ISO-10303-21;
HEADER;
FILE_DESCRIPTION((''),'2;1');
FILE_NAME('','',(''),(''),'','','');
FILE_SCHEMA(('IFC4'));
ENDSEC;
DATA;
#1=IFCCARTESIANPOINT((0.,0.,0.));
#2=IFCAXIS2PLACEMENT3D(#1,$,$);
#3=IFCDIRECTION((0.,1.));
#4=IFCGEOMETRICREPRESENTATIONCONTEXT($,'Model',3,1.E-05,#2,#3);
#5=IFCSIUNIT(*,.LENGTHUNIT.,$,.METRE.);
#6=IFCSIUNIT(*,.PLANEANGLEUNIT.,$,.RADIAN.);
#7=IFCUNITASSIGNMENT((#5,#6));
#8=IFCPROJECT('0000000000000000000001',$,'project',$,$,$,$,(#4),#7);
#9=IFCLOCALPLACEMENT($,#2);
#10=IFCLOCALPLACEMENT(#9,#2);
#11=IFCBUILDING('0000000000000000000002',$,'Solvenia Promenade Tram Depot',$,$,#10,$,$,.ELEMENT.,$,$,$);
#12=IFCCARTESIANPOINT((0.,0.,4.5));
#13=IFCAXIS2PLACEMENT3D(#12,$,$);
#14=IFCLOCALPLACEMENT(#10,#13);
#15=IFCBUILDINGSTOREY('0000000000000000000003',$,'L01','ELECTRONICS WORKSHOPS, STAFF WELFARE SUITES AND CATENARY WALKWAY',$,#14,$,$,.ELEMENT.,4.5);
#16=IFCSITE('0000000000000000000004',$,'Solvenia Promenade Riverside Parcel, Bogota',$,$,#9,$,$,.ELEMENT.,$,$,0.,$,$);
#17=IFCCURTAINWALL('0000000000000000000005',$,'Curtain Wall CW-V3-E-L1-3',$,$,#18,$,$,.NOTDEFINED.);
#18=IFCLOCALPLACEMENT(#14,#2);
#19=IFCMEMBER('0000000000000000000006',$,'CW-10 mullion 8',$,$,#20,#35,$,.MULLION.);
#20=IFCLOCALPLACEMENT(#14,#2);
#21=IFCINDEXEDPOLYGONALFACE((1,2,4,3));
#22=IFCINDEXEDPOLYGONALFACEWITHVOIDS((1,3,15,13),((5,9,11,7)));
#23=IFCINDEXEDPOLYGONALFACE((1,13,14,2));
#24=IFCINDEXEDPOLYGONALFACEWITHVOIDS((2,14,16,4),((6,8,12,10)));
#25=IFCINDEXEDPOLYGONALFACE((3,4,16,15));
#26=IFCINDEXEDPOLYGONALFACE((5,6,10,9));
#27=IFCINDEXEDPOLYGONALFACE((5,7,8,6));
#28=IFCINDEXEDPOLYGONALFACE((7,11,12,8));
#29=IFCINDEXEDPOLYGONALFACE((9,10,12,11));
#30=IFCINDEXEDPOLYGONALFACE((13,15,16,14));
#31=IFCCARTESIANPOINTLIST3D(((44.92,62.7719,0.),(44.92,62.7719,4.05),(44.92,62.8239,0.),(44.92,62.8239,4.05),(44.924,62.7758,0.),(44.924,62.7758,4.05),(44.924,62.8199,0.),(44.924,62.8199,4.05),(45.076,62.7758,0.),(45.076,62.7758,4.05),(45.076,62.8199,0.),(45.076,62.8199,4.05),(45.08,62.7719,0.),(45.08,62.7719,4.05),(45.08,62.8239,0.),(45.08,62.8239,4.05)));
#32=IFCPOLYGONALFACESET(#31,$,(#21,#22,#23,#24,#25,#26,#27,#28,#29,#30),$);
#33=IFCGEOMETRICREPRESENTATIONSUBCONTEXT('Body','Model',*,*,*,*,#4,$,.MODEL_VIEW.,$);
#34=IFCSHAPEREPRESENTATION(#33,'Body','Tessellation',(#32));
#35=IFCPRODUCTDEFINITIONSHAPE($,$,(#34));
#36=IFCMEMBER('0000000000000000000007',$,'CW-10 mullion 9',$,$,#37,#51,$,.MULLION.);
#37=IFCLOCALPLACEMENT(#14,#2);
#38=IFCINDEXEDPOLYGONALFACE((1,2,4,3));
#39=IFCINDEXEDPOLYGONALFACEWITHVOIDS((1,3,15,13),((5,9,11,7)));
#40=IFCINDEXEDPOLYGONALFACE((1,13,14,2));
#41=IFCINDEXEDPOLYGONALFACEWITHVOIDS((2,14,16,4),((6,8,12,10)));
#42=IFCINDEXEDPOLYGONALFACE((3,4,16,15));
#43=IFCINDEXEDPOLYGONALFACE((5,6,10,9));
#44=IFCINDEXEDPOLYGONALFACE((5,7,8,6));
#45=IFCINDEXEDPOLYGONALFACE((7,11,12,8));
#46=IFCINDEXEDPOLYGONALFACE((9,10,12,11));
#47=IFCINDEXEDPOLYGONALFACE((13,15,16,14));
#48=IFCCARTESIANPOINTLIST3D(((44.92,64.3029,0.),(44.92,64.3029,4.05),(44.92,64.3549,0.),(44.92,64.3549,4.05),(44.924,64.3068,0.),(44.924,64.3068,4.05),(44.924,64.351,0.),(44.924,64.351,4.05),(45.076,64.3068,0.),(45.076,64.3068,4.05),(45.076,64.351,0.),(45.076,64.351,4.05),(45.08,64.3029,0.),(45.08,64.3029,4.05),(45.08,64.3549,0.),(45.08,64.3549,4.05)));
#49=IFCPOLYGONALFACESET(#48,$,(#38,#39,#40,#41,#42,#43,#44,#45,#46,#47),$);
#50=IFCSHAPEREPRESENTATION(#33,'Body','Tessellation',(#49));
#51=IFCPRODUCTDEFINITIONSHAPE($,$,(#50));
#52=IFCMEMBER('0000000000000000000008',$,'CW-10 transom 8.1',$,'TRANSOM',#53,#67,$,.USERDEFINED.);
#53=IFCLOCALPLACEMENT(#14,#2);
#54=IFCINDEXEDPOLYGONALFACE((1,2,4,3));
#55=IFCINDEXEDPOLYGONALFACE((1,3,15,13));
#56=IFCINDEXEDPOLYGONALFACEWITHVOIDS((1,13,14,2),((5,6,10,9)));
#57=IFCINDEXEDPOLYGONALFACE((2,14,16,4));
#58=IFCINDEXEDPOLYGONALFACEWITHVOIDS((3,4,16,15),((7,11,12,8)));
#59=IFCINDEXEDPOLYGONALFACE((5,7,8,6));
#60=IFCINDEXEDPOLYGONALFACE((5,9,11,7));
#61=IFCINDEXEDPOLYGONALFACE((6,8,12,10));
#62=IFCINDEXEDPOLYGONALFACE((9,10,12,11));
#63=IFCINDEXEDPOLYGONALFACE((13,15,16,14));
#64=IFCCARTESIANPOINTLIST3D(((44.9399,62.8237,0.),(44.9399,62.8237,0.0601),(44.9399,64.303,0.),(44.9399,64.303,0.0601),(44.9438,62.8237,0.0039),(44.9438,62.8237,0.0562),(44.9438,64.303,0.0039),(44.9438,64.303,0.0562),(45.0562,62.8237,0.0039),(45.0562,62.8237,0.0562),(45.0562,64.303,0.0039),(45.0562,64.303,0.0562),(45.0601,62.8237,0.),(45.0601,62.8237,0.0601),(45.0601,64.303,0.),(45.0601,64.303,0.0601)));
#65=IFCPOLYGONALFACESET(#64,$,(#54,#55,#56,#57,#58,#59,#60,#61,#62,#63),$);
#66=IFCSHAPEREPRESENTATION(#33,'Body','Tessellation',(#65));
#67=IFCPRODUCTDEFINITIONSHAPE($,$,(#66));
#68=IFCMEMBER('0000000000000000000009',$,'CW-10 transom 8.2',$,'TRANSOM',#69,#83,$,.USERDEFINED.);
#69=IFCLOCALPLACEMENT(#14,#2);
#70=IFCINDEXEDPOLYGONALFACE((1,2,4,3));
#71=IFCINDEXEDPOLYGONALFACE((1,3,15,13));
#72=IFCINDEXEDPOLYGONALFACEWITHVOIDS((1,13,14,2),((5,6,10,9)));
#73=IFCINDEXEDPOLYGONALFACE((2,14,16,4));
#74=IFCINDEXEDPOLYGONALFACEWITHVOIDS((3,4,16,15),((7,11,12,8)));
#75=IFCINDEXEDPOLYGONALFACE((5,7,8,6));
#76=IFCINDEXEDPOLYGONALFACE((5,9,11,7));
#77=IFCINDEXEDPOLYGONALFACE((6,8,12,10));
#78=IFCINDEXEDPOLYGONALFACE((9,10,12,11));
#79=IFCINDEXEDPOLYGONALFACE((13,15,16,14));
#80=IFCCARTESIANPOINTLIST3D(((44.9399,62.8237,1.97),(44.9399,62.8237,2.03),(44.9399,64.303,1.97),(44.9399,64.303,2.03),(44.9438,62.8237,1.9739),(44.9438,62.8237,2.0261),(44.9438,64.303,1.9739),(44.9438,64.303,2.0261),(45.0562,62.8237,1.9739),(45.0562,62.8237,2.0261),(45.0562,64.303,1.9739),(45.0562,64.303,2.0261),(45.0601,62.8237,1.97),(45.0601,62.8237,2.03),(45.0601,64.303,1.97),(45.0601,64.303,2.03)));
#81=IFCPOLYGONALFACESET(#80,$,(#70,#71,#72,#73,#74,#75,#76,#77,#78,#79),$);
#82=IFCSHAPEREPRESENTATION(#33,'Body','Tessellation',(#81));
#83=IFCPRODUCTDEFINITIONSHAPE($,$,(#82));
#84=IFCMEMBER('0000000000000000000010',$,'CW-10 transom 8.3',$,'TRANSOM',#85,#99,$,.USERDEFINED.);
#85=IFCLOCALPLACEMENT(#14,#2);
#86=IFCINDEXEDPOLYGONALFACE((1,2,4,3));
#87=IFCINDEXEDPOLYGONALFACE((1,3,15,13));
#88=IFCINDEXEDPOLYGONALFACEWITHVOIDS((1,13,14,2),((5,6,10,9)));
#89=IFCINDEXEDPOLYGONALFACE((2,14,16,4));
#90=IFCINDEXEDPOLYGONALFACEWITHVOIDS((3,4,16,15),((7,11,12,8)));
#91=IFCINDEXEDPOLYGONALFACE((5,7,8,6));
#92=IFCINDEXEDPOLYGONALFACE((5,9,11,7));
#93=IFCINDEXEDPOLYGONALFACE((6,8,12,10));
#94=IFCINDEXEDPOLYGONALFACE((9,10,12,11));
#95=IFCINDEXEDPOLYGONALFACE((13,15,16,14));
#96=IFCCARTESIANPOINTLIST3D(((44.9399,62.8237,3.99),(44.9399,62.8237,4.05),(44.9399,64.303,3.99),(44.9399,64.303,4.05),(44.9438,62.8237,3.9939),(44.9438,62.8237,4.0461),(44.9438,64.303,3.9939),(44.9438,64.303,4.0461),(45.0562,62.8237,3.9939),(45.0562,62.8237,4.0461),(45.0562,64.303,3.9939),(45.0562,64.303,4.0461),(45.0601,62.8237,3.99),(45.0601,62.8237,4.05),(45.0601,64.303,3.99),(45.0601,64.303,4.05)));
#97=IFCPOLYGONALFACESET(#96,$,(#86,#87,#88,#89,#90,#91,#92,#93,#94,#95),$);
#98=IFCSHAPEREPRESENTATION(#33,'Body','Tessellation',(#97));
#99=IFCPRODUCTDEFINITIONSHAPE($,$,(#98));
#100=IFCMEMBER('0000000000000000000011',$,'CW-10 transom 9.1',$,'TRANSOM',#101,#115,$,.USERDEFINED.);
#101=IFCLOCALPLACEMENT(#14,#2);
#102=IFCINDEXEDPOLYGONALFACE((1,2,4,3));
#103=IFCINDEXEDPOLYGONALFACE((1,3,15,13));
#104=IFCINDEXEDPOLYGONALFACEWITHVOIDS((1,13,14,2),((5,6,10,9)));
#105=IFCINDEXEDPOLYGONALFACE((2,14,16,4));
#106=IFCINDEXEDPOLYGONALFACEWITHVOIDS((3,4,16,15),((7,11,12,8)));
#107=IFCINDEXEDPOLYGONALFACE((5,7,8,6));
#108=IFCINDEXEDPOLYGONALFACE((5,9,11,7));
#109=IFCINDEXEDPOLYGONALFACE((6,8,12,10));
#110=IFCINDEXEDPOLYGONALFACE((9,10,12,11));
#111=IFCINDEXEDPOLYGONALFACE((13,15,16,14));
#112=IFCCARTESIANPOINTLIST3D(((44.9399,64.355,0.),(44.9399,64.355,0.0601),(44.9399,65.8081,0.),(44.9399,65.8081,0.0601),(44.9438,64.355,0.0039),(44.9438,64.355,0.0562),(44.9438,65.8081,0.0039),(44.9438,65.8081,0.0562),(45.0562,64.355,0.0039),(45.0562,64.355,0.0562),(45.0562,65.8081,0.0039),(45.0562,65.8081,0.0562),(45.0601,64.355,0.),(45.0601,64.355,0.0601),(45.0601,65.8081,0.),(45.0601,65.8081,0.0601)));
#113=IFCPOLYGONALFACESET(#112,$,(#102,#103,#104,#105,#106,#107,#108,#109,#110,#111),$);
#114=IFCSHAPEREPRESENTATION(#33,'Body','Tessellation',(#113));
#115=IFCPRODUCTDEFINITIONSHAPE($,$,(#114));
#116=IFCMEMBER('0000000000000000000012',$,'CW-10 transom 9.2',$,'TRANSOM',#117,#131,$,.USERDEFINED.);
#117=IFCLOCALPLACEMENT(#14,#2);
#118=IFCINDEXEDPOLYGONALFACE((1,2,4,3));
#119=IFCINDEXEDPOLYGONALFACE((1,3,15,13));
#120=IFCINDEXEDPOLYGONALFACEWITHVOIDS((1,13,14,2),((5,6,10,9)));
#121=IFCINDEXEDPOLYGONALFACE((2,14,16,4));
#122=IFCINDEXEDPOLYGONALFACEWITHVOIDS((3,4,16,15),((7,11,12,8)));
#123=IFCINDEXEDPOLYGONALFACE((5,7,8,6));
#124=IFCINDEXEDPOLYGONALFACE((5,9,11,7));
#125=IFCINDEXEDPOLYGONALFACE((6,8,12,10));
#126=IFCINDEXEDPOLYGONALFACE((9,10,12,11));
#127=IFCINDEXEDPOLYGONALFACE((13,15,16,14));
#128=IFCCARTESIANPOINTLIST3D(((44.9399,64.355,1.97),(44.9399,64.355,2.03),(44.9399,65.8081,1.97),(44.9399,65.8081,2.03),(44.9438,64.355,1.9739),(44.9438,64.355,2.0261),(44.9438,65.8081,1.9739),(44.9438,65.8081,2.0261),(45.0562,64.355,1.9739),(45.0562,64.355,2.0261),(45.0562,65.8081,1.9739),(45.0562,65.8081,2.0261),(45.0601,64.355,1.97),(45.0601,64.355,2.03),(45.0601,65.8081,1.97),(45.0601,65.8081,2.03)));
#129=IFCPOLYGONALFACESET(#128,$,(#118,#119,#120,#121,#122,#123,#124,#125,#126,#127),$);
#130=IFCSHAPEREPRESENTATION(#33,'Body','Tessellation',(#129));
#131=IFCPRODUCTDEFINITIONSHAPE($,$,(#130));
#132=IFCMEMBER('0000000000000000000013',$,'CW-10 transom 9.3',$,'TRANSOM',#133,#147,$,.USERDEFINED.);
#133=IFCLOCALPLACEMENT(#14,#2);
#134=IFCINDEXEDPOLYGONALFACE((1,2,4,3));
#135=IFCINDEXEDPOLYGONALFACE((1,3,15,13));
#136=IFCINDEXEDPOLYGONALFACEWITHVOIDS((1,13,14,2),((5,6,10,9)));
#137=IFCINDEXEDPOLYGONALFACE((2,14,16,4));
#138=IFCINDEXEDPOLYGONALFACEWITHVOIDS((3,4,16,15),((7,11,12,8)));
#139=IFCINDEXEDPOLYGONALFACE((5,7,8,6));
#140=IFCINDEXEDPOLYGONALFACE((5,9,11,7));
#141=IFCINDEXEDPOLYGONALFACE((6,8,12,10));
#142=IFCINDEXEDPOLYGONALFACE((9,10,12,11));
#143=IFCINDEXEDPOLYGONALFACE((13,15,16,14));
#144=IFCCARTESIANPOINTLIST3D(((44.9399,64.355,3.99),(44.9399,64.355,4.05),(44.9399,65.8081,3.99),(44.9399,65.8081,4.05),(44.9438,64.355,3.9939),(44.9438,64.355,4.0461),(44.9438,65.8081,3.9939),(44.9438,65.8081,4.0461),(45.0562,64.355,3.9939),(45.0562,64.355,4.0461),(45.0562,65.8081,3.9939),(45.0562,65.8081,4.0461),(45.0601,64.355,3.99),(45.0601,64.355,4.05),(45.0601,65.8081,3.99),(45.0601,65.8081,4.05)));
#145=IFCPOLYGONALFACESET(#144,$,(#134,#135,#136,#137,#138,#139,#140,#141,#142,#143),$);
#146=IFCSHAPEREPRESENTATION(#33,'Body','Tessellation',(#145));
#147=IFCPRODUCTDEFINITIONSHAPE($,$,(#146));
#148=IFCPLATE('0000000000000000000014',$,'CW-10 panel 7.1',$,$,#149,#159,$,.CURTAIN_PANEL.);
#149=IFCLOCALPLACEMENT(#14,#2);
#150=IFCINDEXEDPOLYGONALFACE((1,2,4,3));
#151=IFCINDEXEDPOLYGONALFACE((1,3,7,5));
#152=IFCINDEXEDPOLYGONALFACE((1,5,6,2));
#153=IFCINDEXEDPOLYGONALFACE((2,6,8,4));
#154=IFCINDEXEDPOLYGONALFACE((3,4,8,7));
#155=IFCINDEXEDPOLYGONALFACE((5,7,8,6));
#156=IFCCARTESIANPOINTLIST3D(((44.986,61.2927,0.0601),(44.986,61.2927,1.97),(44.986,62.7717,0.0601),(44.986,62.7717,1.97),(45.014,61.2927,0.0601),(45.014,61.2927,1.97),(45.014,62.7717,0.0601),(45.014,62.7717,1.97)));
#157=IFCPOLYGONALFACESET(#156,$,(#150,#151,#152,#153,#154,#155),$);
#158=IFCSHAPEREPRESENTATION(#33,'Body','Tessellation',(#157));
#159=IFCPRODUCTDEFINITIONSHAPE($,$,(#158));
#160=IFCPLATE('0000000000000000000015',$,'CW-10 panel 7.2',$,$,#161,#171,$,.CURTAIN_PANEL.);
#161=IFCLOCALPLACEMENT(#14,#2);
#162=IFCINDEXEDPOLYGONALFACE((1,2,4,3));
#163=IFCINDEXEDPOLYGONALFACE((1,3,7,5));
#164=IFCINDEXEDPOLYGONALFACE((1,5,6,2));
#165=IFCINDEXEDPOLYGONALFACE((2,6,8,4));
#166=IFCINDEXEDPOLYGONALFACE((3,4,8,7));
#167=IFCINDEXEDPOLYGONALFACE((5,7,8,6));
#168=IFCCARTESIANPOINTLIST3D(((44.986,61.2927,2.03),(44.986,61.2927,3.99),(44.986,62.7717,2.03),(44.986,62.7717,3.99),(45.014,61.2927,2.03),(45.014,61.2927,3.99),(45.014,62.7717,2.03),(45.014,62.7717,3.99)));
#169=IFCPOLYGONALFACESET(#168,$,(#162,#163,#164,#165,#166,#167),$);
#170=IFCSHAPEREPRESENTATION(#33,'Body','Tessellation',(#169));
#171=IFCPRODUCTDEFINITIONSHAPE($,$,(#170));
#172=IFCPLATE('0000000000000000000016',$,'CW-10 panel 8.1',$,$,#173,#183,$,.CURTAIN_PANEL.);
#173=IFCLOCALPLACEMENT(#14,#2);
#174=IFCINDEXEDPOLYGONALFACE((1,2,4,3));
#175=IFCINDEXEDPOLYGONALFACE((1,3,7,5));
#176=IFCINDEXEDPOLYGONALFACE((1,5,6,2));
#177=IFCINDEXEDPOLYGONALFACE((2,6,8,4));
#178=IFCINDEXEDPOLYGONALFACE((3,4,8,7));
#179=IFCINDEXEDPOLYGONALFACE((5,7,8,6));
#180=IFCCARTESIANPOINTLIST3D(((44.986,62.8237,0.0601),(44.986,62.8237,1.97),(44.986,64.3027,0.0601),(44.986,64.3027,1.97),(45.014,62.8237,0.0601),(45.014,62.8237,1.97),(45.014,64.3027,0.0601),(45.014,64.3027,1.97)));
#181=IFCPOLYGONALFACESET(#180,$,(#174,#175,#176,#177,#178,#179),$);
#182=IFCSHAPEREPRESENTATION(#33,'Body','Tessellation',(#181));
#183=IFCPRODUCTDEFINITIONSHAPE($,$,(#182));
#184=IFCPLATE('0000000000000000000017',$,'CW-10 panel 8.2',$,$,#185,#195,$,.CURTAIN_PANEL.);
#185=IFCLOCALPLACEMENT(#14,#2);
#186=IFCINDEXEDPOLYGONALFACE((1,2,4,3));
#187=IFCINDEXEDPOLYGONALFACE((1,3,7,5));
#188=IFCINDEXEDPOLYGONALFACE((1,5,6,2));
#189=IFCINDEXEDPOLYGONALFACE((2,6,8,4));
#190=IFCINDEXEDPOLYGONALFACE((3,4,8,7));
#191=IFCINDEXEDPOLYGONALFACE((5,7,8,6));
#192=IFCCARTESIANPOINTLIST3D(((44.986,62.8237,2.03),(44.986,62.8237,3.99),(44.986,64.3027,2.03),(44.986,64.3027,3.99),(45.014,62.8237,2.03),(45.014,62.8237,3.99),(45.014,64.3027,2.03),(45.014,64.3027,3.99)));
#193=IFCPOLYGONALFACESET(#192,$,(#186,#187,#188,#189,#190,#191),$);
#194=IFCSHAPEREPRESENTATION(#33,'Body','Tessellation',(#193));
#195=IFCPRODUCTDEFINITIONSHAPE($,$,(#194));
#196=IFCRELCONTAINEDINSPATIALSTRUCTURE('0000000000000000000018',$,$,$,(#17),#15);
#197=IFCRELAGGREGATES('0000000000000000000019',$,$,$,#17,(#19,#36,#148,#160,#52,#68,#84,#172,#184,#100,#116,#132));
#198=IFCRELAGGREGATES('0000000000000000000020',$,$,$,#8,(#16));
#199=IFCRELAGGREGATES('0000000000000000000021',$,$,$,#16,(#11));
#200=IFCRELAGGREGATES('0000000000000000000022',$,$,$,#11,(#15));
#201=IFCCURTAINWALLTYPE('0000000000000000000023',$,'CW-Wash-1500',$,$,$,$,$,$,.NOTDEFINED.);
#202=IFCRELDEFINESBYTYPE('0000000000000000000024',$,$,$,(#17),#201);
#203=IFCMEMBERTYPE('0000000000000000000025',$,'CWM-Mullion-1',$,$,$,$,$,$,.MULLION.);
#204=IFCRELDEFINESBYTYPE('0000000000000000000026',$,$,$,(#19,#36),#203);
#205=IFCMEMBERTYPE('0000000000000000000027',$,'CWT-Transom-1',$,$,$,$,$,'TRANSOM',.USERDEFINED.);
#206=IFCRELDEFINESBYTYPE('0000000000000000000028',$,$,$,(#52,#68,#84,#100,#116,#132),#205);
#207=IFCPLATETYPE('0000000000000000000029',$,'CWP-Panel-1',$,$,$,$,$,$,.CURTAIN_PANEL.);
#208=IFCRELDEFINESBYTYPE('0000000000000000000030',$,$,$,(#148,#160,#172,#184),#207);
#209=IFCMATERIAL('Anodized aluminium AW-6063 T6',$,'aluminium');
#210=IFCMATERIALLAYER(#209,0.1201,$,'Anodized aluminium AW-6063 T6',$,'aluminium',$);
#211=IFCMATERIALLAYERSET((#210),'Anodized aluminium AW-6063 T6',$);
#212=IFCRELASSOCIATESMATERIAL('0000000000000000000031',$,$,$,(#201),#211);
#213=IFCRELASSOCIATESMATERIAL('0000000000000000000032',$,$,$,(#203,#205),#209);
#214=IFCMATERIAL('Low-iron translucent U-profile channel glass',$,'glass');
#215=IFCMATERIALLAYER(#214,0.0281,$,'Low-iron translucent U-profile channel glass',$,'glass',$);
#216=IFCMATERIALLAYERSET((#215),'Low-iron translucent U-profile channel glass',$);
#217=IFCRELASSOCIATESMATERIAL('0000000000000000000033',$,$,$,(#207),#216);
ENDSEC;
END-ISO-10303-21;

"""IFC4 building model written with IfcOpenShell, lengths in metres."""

from ifc_helpers import new_model, si_unit, direction, frame, origin, origin_2d, place, context, subcontext, project, spatial, rectangle, hollow_rectangle, extrude, material, layer, layer_set, material_profile, profile_set, type_object, element, aggregate, save


model = new_model("IFC4")

# Units and contexts
model_context = context("Model", 3, precision=1e-05, world=origin(), true_north=direction((0.0, 1.0)))
body_context = subcontext(model_context, "Body", "Model", "MODEL_VIEW")
ifc_project = project(units=[si_unit("LENGTHUNIT", "METRE"), si_unit("PLANEANGLEUNIT", "RADIAN")], contexts=[model_context])

# Site, building, storey
site_placement = place(None, origin())
site = spatial("IfcSite", under=ifc_project, at=site_placement, Name="Solvenia Promenade Riverside Parcel, Bogota", CompositionType="ELEMENT", RefElevation=0.0)
building_placement = place(site_placement, origin())
building = spatial("IfcBuilding", under=site, at=building_placement, Name="Solvenia Promenade Tram Depot", CompositionType="ELEMENT")
storey_placement = place(building_placement, frame((0.0, 0.0, 4.5)))
storey = spatial("IfcBuildingStorey", under=building, at=storey_placement, Name="L01", Description="ELECTRONICS WORKSHOPS, STAFF WELFARE SUITES AND CATENARY WALKWAY", CompositionType="ELEMENT", Elevation=4.5)

# Curtain wall, members, plates
ifc_material_1 = material(Name="Anodized aluminium AW-6063 T6", Category="aluminium")
ifc_layer_1 = layer(ifc_material_1, 0.1201, Name="Anodized aluminium AW-6063 T6", Category="aluminium")
ifc_layer_set_1 = layer_set([ifc_layer_1], Name="Anodized aluminium AW-6063 T6")
curtain_wall_type = type_object("IfcCurtainWallType", Name="CW-Wash-1500", PredefinedType="NOTDEFINED", material=ifc_layer_set_1)
curtain_wall_placement = place(storey_placement, origin())
curtain_wall = element("IfcCurtainWall", 1, at=curtain_wall_placement, inside=storey, type_object=curtain_wall_type, Name="Curtain Wall CW-V3-E-L1-3", PredefinedType="NOTDEFINED")
ifc_material_profile_1 = material_profile(ifc_material_1, hollow_rectangle(XDim=0.1599, YDim=0.052, WallThickness=0.0039, at=origin_2d()), Name="ALU-M1", Category="aluminium")
ifc_profile_set_1 = profile_set([ifc_material_profile_1], Name="Anodized aluminium AW-6063 T6")
member_type_1 = type_object("IfcMemberType", Name="CWM-Mullion-1", PredefinedType="MULLION", material=ifc_profile_set_1)
member_1_placement = place(storey_placement, frame((45.0, 62.7979, 0.0), z_axis=(0.0, 0.0, 1.0), x_axis=(-1.0, 0.0, 0.0)))
member_1 = element("IfcMember", 2, at=member_1_placement, type_object=member_type_1, Name="CW-10 mullion 8", PredefinedType="MULLION", context=body_context, shape_type="SweptSolid", body=[
    extrude(hollow_rectangle(XDim=0.1599, YDim=0.052, WallThickness=0.0039, at=origin_2d()), origin(), (0.0, 0.0, 1.0), 4.05),
])
member_2_placement = place(storey_placement, frame((45.0, 64.3289, 0.0), z_axis=(0.0, 0.0, 1.0), x_axis=(-1.0, 0.0, 0.0)))
member_2 = element("IfcMember", 3, at=member_2_placement, type_object=member_type_1, Name="CW-10 mullion 9", PredefinedType="MULLION", context=body_context, shape_type="SweptSolid", body=[
    extrude(hollow_rectangle(XDim=0.1599, YDim=0.052, WallThickness=0.0039, at=origin_2d()), origin(), (0.0, 0.0, 1.0), 4.05),
])
ifc_material_profile_2 = material_profile(ifc_material_1, hollow_rectangle(XDim=0.1201, YDim=0.0601, WallThickness=0.0039, at=origin_2d()), Name="ALU-T1", Category="aluminium")
ifc_profile_set_2 = profile_set([ifc_material_profile_2], Name="Anodized aluminium AW-6063 T6")
member_type_2 = type_object("IfcMemberType", Name="CWT-Transom-1", ElementType="TRANSOM", PredefinedType="USERDEFINED", material=ifc_profile_set_2)
member_3_placement = place(storey_placement, frame((45.0, 62.8237, 0.03), z_axis=(0.0, 1.0, 0.0), x_axis=(-1.0, 0.0, 0.0)))
member_3 = element("IfcMember", 4, at=member_3_placement, type_object=member_type_2, Name="CW-10 transom 8.1", ObjectType="TRANSOM", PredefinedType="USERDEFINED", context=body_context, shape_type="SweptSolid", body=[
    extrude(hollow_rectangle(XDim=0.1201, YDim=0.0601, WallThickness=0.0039, at=origin_2d()), origin(), (0.0, 0.0, 1.0), 1.4792),
])
member_4_placement = place(storey_placement, frame((45.0, 62.8237, 2.0), z_axis=(0.0, 1.0, 0.0), x_axis=(-1.0, 0.0, 0.0)))
member_4 = element("IfcMember", 5, at=member_4_placement, type_object=member_type_2, Name="CW-10 transom 8.2", ObjectType="TRANSOM", PredefinedType="USERDEFINED", context=body_context, shape_type="SweptSolid", body=[
    extrude(hollow_rectangle(XDim=0.1201, YDim=0.0601, WallThickness=0.0039, at=origin_2d()), origin(), (0.0, 0.0, 1.0), 1.4792),
])
member_5_placement = place(storey_placement, frame((45.0, 62.8237, 4.02), z_axis=(0.0, 1.0, 0.0), x_axis=(-1.0, 0.0, 0.0)))
member_5 = element("IfcMember", 6, at=member_5_placement, type_object=member_type_2, Name="CW-10 transom 8.3", ObjectType="TRANSOM", PredefinedType="USERDEFINED", context=body_context, shape_type="SweptSolid", body=[
    extrude(hollow_rectangle(XDim=0.1201, YDim=0.0601, WallThickness=0.0039, at=origin_2d()), origin(), (0.0, 0.0, 1.0), 1.4792),
])
member_6_placement = place(storey_placement, frame((45.0, 64.355, 0.03), z_axis=(0.0, 1.0, 0.0), x_axis=(-1.0, 0.0, 0.0)))
member_6 = element("IfcMember", 7, at=member_6_placement, type_object=member_type_2, Name="CW-10 transom 9.1", ObjectType="TRANSOM", PredefinedType="USERDEFINED", context=body_context, shape_type="SweptSolid", body=[
    extrude(hollow_rectangle(XDim=0.1201, YDim=0.0601, WallThickness=0.0039, at=origin_2d()), origin(), (0.0, 0.0, 1.0), 1.4531),
])
member_7_placement = place(storey_placement, frame((45.0, 64.355, 2.0), z_axis=(0.0, 1.0, 0.0), x_axis=(-1.0, 0.0, 0.0)))
member_7 = element("IfcMember", 8, at=member_7_placement, type_object=member_type_2, Name="CW-10 transom 9.2", ObjectType="TRANSOM", PredefinedType="USERDEFINED", context=body_context, shape_type="SweptSolid", body=[
    extrude(hollow_rectangle(XDim=0.1201, YDim=0.0601, WallThickness=0.0039, at=origin_2d()), origin(), (0.0, 0.0, 1.0), 1.4531),
])
member_8_placement = place(storey_placement, frame((45.0, 64.355, 4.02), z_axis=(0.0, 1.0, 0.0), x_axis=(-1.0, 0.0, 0.0)))
member_8 = element("IfcMember", 9, at=member_8_placement, type_object=member_type_2, Name="CW-10 transom 9.3", ObjectType="TRANSOM", PredefinedType="USERDEFINED", context=body_context, shape_type="SweptSolid", body=[
    extrude(hollow_rectangle(XDim=0.1201, YDim=0.0601, WallThickness=0.0039, at=origin_2d()), origin(), (0.0, 0.0, 1.0), 1.4531),
])
ifc_material_2 = material(Name="Low-iron translucent U-profile channel glass", Category="glass")
ifc_layer_2 = layer(ifc_material_2, 0.0281, Name="Low-iron translucent U-profile channel glass", Category="glass")
ifc_layer_set_2 = layer_set([ifc_layer_2], Name="Low-iron translucent U-profile channel glass")
plate_type = type_object("IfcPlateType", Name="CWP-Panel-1", PredefinedType="CURTAIN_PANEL", material=ifc_layer_set_2)
plate_1_placement = place(storey_placement, frame((45.0, 62.0322, 0.0601), z_axis=(0.0, 0.0, 1.0), x_axis=(0.0, 1.0, 0.0)))
plate_1 = element("IfcPlate", 10, at=plate_1_placement, type_object=plate_type, Name="CW-10 panel 7.1", PredefinedType="CURTAIN_PANEL", context=body_context, shape_type="SweptSolid", body=[
    extrude(rectangle(XDim=1.479, YDim=0.0281, at=origin_2d()), origin(), (0.0, 0.0, 1.0), 1.9099),
])
plate_2_placement = place(storey_placement, frame((45.0, 62.0322, 2.03), z_axis=(0.0, 0.0, 1.0), x_axis=(0.0, 1.0, 0.0)))
plate_2 = element("IfcPlate", 11, at=plate_2_placement, type_object=plate_type, Name="CW-10 panel 7.2", PredefinedType="CURTAIN_PANEL", context=body_context, shape_type="SweptSolid", body=[
    extrude(rectangle(XDim=1.479, YDim=0.0281, at=origin_2d()), origin(), (0.0, 0.0, 1.0), 1.96),
])
plate_3_placement = place(storey_placement, frame((45.0, 63.5632, 0.0601), z_axis=(0.0, 0.0, 1.0), x_axis=(0.0, 1.0, 0.0)))
plate_3 = element("IfcPlate", 12, at=plate_3_placement, type_object=plate_type, Name="CW-10 panel 8.1", PredefinedType="CURTAIN_PANEL", context=body_context, shape_type="SweptSolid", body=[
    extrude(rectangle(XDim=1.479, YDim=0.0281, at=origin_2d()), origin(), (0.0, 0.0, 1.0), 1.9099),
])
plate_4_placement = place(storey_placement, frame((45.0, 63.5632, 2.03), z_axis=(0.0, 0.0, 1.0), x_axis=(0.0, 1.0, 0.0)))
plate_4 = element("IfcPlate", 13, at=plate_4_placement, type_object=plate_type, Name="CW-10 panel 8.2", PredefinedType="CURTAIN_PANEL", context=body_context, shape_type="SweptSolid", body=[
    extrude(rectangle(XDim=1.479, YDim=0.0281, at=origin_2d()), origin(), (0.0, 0.0, 1.0), 1.96),
])
aggregate(curtain_wall, [member_1, member_2, plate_1, plate_2, member_3, member_4, member_5, plate_3, plate_4, member_6, member_7, member_8])

save(model, "model.ifc")
